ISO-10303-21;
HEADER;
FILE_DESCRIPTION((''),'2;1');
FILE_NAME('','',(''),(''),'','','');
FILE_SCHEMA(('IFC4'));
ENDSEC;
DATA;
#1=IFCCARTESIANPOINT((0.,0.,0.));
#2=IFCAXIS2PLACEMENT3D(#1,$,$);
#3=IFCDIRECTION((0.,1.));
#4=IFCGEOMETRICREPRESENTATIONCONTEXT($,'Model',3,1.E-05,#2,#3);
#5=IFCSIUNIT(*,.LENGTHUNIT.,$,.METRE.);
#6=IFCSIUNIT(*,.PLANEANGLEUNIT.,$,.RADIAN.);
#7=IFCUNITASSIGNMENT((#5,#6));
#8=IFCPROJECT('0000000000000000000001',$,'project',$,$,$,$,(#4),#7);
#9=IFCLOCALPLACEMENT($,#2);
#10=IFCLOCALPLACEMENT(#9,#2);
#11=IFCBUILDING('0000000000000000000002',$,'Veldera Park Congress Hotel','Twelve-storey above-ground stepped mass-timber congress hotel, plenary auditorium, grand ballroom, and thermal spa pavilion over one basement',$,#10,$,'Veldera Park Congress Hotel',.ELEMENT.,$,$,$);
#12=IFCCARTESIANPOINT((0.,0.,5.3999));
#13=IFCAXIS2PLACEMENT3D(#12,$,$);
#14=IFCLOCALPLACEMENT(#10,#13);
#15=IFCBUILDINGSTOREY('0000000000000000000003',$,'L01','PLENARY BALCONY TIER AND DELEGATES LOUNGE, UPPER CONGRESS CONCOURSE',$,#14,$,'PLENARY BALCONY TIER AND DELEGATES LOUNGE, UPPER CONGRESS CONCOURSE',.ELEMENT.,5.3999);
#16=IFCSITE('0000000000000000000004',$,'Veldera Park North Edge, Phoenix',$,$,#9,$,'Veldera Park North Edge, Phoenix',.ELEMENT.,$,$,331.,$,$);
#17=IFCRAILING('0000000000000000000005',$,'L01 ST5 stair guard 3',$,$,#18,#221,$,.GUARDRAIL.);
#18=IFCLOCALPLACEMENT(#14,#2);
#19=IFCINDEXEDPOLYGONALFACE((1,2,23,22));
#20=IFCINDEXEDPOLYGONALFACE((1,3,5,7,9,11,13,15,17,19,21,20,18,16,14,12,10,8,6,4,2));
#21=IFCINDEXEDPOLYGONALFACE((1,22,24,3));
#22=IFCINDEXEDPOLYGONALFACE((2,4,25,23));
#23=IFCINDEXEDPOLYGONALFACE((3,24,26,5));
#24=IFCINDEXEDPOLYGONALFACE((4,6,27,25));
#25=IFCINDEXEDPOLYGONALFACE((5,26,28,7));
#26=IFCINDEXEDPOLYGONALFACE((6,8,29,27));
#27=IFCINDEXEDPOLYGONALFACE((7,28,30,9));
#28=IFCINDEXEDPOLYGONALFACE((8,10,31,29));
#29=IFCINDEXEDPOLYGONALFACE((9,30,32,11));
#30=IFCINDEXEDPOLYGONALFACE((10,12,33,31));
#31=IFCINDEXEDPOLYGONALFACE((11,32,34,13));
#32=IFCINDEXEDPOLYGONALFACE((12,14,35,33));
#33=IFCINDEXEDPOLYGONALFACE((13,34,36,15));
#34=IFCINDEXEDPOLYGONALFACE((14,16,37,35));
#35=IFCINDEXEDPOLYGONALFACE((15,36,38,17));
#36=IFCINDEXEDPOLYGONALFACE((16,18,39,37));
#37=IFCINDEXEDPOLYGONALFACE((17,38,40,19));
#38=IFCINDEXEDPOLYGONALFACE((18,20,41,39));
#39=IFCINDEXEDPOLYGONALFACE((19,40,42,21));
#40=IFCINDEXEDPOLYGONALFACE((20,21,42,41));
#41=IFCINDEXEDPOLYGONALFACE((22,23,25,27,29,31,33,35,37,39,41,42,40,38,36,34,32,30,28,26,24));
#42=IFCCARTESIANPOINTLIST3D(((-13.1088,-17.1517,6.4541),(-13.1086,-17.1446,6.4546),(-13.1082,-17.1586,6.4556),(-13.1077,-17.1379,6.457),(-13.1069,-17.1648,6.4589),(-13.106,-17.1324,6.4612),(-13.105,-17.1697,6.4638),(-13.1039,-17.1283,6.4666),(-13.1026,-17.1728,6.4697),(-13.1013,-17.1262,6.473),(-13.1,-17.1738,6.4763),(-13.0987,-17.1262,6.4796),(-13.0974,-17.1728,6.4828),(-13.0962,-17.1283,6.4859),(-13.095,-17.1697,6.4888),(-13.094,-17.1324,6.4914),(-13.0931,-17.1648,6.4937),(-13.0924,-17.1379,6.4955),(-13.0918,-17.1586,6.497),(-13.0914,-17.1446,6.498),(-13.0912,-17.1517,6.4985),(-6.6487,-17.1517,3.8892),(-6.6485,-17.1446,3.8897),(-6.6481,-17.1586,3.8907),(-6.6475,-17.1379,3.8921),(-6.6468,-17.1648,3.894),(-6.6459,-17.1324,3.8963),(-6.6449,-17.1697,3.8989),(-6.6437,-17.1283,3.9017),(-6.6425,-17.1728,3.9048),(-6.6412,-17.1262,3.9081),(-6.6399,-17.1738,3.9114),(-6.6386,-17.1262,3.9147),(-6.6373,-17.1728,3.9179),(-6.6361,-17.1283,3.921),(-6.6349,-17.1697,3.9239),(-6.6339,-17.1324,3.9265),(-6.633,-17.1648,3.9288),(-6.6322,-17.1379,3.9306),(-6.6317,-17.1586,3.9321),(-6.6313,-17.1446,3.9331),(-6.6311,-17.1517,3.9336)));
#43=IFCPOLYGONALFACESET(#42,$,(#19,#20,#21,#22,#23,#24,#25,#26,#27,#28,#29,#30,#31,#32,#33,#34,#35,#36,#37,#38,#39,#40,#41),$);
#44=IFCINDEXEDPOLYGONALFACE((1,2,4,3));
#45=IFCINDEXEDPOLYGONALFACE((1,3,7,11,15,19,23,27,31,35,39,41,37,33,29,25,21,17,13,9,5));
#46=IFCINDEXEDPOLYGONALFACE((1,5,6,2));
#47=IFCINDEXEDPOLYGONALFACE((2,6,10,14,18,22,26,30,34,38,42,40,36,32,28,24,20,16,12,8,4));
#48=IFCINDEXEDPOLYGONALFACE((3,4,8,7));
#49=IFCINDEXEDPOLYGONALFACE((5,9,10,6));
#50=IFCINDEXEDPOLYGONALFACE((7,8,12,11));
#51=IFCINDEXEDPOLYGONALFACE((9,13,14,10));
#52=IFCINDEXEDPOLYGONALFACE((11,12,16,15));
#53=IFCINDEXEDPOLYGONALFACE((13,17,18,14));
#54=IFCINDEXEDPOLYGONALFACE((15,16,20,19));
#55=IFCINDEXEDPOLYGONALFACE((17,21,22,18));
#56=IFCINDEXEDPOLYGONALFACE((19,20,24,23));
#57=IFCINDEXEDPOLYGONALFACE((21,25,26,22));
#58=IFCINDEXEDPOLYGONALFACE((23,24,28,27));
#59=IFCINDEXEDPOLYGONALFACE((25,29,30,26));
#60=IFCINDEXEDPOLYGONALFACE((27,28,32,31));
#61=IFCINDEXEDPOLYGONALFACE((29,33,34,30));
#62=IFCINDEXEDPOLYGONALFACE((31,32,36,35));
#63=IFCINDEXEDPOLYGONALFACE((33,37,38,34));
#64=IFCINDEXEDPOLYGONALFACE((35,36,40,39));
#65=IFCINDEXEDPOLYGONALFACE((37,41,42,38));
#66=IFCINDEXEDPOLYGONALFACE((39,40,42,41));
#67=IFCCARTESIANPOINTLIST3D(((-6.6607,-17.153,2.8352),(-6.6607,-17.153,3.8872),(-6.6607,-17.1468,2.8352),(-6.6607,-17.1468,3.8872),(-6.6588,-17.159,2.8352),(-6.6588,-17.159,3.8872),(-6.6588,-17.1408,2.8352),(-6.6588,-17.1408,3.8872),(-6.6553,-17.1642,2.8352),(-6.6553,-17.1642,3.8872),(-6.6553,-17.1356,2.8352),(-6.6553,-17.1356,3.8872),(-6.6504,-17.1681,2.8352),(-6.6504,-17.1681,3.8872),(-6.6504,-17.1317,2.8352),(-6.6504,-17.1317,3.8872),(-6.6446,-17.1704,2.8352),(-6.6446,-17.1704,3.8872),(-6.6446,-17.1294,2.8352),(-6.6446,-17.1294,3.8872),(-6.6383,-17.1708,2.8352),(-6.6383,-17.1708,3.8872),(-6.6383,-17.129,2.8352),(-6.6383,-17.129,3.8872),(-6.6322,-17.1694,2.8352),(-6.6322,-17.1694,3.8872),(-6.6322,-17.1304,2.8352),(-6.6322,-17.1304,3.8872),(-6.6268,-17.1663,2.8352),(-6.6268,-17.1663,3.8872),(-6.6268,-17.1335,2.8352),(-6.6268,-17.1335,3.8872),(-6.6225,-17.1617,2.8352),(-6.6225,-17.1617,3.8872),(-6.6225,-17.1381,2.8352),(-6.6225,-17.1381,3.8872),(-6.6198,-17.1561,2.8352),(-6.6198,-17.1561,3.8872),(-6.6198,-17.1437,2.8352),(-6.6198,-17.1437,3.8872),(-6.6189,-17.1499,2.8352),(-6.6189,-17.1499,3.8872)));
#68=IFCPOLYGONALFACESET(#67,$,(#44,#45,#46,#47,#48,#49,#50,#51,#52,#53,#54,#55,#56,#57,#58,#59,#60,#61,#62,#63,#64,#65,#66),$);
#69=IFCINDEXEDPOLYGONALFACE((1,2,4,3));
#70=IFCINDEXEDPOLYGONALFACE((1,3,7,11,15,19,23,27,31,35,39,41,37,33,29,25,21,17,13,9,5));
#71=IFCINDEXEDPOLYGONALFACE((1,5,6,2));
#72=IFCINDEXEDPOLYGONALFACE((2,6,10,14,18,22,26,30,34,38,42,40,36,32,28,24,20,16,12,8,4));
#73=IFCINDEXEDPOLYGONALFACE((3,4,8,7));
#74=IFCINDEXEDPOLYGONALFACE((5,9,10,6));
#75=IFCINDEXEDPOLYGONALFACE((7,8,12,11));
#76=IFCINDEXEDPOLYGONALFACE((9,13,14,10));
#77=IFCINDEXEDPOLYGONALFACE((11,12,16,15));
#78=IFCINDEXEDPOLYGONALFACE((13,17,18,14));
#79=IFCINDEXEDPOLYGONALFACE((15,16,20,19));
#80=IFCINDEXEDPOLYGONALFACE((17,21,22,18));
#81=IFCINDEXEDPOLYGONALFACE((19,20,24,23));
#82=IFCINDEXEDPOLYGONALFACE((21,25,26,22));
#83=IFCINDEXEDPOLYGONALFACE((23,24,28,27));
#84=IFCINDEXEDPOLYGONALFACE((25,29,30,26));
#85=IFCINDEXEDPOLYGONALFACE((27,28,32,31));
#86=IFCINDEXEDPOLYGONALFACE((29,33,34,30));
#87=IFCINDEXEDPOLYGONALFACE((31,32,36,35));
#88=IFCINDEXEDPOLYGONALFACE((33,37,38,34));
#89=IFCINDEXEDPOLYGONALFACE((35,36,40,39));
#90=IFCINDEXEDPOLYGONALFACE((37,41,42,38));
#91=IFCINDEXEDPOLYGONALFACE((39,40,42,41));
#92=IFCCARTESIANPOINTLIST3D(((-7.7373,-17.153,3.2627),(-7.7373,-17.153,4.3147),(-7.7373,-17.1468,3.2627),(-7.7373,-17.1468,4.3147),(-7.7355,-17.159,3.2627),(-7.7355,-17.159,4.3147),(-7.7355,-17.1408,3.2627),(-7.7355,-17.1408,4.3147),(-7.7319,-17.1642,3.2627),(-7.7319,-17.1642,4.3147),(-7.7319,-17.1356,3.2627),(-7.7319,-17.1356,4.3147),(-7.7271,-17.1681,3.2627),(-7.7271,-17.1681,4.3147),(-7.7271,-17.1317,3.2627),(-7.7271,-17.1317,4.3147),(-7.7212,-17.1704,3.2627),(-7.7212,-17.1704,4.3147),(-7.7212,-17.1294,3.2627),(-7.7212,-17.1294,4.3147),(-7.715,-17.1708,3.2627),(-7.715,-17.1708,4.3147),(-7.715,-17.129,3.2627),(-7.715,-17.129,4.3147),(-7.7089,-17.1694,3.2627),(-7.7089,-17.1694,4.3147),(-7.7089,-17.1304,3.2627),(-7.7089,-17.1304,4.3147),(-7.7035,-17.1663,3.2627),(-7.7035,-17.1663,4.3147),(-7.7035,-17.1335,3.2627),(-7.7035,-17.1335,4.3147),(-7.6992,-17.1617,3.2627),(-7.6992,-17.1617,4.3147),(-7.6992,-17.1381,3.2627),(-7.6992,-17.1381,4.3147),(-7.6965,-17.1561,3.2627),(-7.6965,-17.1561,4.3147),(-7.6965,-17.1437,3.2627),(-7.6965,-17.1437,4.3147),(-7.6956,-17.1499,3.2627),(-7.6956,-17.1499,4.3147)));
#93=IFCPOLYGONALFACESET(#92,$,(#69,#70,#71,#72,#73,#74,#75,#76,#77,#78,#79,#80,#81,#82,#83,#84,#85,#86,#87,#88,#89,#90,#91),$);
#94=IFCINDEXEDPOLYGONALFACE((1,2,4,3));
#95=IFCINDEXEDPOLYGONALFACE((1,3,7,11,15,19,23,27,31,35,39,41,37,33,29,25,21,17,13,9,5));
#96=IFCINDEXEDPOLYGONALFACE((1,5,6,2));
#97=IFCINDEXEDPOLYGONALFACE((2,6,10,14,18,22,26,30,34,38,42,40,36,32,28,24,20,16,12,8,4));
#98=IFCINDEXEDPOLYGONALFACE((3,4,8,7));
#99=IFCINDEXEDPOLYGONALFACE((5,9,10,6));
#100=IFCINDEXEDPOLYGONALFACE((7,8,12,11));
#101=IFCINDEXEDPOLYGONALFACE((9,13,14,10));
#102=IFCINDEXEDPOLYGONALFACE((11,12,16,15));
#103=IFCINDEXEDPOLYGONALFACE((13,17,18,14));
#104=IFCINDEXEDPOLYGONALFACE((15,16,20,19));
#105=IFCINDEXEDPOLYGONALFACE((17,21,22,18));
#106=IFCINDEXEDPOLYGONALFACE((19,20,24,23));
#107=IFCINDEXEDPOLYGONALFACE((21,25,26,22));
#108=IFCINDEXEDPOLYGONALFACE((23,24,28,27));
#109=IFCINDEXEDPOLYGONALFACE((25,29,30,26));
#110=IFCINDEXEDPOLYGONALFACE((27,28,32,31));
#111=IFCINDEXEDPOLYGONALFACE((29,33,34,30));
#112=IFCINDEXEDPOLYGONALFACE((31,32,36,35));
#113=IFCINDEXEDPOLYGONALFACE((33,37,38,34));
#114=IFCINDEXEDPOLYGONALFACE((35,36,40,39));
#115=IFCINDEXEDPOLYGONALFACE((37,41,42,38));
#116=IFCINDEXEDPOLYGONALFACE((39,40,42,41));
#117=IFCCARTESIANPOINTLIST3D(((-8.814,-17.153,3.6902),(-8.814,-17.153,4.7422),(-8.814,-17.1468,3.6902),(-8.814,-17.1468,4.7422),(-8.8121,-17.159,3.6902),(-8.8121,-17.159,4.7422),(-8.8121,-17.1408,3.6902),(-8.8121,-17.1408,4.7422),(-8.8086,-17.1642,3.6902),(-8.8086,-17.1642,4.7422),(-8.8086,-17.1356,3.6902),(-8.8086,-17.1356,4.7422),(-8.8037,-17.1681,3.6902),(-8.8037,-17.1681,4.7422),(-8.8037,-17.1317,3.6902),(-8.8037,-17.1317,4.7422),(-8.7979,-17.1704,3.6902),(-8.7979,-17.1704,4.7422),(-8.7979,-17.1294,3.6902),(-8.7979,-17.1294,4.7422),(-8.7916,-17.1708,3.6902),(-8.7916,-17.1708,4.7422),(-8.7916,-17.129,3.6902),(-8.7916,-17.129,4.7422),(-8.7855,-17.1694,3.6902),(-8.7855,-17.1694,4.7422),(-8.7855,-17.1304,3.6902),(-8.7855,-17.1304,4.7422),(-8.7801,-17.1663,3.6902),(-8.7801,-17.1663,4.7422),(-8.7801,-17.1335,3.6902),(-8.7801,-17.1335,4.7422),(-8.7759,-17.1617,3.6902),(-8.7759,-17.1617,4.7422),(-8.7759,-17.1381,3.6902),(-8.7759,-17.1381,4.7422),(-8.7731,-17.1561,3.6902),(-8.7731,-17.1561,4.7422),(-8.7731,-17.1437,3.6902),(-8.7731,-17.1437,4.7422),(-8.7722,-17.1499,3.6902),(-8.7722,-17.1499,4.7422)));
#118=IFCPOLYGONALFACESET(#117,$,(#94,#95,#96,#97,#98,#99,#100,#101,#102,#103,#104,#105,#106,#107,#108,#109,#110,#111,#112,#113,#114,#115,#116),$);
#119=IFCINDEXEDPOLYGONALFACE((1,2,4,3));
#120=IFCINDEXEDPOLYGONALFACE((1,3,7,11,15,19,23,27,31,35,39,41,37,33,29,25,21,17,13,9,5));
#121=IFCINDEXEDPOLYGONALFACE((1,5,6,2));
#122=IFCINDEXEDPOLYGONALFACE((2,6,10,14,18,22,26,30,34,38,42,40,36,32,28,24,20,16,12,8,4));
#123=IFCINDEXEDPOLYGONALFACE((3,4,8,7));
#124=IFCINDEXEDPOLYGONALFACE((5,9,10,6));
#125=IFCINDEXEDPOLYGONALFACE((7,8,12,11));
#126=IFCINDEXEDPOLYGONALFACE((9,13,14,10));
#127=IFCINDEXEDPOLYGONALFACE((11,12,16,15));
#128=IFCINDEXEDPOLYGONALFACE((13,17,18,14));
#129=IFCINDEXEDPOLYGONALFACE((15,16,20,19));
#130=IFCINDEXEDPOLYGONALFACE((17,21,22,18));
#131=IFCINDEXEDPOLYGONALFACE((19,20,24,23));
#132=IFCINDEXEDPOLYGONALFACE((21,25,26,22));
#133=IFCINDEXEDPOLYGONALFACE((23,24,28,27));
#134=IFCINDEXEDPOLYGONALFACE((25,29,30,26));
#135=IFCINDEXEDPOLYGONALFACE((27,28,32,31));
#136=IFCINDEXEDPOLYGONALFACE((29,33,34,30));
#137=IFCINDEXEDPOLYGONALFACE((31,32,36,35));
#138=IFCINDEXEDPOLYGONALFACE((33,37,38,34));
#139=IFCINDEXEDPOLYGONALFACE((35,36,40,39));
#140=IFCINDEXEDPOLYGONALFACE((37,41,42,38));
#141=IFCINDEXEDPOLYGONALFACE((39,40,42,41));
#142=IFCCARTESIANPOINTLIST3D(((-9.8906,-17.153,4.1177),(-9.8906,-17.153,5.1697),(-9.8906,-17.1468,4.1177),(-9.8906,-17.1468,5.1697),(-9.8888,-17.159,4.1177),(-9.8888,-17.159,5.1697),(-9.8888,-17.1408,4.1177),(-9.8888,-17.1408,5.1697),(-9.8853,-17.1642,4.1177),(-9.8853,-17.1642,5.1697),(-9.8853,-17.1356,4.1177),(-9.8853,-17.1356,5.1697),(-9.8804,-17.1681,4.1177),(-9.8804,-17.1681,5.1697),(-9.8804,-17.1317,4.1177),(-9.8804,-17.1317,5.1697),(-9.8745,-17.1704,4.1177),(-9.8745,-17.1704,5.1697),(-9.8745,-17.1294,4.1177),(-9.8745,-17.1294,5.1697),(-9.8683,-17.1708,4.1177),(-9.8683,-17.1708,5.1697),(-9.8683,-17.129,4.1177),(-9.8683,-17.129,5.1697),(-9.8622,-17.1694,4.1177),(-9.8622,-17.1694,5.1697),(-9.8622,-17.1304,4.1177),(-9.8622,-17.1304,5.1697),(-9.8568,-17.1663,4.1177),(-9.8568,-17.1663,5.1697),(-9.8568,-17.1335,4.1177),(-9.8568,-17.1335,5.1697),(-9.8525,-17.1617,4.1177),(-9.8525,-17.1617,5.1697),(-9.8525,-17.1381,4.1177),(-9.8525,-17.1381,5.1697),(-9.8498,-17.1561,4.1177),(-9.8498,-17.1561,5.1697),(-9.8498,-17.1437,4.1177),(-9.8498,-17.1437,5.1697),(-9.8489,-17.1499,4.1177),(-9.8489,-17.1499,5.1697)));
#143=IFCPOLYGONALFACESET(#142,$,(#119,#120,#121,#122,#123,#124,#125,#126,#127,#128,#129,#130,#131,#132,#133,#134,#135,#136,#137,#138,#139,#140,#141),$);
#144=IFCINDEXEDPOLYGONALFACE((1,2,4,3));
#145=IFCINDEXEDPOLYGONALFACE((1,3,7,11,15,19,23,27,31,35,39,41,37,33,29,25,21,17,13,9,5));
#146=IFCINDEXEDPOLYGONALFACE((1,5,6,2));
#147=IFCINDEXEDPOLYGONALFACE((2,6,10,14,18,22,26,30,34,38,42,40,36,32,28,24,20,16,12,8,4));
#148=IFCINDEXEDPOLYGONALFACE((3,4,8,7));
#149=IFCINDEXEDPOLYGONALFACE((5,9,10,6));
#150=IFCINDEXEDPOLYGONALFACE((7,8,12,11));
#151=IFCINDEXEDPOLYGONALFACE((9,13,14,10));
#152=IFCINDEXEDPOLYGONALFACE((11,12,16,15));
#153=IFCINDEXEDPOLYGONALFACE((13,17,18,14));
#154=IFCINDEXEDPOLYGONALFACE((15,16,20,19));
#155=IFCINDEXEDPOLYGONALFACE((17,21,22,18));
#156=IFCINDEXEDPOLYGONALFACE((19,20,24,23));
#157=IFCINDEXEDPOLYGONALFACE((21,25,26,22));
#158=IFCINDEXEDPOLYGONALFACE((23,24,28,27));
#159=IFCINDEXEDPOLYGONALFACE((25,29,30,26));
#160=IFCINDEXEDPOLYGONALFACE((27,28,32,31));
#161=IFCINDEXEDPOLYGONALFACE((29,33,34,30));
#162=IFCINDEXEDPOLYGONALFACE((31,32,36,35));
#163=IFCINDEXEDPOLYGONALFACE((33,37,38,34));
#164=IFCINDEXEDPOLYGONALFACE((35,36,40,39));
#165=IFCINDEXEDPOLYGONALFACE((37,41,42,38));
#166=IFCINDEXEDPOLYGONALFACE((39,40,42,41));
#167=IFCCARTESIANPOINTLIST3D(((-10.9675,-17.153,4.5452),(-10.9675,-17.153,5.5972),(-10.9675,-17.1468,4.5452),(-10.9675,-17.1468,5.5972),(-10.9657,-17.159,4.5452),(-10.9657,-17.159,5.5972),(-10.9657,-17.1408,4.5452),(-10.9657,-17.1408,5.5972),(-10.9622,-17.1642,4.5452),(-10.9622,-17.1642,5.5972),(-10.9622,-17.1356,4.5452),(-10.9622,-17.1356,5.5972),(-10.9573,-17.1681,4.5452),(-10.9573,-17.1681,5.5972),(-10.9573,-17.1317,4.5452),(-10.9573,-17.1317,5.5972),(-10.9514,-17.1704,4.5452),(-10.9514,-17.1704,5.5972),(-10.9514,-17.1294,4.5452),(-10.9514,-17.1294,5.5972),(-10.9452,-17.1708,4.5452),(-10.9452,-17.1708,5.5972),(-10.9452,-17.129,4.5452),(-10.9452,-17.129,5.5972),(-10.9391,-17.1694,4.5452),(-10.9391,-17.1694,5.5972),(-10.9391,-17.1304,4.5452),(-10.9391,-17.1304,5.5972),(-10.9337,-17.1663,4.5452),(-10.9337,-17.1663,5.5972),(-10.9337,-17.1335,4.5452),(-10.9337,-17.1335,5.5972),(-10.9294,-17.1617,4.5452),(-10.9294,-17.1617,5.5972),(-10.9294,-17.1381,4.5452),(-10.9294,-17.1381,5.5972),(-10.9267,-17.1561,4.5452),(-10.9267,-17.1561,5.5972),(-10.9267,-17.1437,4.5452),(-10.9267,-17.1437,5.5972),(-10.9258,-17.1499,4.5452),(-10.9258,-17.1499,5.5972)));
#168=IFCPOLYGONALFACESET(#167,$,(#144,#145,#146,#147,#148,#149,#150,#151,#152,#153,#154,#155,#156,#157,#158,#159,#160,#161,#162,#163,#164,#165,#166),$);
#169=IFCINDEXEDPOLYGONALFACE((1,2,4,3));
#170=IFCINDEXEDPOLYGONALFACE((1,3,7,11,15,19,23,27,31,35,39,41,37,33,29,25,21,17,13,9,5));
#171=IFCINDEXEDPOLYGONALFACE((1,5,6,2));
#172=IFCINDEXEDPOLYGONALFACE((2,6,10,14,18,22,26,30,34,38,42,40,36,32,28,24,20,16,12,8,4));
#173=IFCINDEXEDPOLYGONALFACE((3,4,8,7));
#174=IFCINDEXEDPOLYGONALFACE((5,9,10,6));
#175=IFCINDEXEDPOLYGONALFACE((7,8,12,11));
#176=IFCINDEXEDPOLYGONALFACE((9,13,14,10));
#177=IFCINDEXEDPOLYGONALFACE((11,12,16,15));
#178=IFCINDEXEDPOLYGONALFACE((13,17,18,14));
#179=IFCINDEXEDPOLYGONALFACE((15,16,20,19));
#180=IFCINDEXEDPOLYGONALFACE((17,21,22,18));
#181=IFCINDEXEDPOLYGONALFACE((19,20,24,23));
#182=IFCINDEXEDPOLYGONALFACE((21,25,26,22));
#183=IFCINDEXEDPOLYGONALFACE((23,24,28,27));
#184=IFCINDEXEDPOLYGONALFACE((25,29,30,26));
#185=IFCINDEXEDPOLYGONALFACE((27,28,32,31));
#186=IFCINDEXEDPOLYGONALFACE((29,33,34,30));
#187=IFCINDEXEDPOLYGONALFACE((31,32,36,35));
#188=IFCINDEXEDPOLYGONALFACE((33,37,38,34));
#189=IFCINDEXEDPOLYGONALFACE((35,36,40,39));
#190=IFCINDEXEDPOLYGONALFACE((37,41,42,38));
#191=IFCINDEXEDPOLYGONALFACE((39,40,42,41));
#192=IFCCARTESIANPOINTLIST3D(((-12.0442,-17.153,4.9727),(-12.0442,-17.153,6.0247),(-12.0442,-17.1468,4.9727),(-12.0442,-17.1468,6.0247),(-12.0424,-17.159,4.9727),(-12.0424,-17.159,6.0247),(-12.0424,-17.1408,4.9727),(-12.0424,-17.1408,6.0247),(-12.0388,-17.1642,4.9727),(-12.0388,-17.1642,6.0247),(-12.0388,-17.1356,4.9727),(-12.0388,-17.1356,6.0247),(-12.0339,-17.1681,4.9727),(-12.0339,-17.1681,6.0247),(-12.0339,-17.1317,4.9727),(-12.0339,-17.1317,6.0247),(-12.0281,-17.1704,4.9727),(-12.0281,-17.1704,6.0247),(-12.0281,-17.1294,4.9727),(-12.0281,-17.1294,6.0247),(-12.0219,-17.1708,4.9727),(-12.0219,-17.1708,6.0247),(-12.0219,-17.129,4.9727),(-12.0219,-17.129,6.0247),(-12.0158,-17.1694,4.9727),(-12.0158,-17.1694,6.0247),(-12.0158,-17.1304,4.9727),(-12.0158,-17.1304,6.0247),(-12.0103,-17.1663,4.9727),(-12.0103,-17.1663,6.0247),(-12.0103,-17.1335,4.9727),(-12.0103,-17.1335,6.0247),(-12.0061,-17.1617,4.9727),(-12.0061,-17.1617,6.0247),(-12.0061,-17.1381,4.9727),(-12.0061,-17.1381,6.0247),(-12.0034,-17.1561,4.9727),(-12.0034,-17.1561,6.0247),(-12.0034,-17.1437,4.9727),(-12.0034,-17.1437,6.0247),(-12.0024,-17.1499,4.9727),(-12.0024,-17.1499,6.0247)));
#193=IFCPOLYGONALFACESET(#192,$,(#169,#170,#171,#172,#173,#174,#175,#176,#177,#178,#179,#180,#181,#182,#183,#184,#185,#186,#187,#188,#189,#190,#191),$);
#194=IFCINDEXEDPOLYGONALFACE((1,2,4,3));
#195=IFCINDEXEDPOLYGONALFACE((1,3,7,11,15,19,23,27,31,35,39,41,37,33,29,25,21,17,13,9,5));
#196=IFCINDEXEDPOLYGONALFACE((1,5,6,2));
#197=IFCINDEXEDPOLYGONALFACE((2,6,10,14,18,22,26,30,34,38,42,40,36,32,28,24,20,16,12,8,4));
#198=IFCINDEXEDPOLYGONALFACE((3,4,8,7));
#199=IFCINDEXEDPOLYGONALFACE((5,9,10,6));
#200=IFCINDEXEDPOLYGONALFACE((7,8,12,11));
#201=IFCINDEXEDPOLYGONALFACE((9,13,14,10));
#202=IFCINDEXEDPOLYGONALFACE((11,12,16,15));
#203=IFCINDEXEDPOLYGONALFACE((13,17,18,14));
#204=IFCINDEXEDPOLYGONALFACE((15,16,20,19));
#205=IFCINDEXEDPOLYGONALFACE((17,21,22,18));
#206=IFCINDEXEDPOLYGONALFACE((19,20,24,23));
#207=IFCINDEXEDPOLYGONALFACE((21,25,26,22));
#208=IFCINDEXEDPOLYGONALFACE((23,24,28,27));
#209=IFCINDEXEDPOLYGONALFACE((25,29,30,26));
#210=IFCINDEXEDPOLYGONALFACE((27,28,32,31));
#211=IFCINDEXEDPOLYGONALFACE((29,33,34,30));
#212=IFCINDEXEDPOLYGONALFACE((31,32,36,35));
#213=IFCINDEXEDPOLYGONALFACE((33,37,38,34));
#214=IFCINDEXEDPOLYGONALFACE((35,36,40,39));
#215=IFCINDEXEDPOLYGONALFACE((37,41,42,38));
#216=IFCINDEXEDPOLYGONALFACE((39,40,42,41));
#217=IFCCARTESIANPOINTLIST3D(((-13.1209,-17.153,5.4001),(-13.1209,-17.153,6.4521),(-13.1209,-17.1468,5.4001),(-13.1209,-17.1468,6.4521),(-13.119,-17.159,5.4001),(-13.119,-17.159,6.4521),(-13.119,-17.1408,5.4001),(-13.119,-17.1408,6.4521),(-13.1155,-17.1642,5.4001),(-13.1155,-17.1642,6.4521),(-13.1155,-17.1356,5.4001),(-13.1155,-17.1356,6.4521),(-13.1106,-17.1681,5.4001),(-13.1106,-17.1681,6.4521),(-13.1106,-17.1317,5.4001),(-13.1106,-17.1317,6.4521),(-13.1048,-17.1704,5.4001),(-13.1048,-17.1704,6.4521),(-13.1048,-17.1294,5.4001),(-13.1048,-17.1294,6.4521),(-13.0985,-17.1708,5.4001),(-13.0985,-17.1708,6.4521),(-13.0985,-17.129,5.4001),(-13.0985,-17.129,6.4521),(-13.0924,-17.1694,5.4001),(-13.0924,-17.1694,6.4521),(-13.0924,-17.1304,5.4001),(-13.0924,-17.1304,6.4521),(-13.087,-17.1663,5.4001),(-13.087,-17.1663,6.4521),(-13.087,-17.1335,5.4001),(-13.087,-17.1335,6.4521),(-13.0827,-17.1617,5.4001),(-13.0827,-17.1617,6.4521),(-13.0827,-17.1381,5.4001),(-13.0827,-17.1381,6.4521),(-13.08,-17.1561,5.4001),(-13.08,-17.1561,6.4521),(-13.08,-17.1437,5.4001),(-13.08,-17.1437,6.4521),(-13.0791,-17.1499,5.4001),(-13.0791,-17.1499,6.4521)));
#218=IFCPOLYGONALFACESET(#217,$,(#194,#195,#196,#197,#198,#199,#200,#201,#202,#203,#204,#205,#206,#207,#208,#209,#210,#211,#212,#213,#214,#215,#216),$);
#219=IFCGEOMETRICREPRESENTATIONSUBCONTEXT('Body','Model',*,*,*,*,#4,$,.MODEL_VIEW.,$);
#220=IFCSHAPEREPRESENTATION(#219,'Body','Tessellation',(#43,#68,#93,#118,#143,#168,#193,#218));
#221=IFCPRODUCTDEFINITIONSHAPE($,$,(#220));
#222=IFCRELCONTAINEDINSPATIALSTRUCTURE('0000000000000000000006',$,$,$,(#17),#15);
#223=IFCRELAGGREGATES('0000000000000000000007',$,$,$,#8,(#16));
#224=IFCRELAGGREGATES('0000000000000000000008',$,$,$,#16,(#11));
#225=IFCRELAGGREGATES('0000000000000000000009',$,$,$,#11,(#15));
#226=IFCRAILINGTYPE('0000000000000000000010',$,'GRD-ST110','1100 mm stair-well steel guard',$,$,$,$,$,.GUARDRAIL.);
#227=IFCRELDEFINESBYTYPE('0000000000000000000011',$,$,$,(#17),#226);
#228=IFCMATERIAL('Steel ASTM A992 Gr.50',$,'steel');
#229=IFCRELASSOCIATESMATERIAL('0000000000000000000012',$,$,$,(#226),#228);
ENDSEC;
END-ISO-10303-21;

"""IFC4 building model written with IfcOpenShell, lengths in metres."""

from ifc_helpers import new_model, si_unit, direction, frame, origin, origin_2d, place, context, subcontext, project, spatial, circle, extrude, material, type_object, element, save


model = new_model("IFC4")

# Units and contexts
model_context = context("Model", 3, precision=1e-05, world=origin(), true_north=direction((0.0, 1.0)))
body_context = subcontext(model_context, "Body", "Model", "MODEL_VIEW")
ifc_project = project(units=[si_unit("LENGTHUNIT", "METRE"), si_unit("PLANEANGLEUNIT", "RADIAN")], contexts=[model_context])

# Site, building, storey
site_placement = place(None, origin())
site = spatial("IfcSite", under=ifc_project, at=site_placement, Name="Veldera Park North Edge, Phoenix", LongName="Veldera Park North Edge, Phoenix", CompositionType="ELEMENT", RefElevation=331.0)
building_placement = place(site_placement, origin())
building = spatial("IfcBuilding", under=site, at=building_placement, Name="Veldera Park Congress Hotel", Description="Twelve-storey above-ground stepped mass-timber congress hotel, plenary auditorium, grand ballroom, and thermal spa pavilion over one basement", LongName="Veldera Park Congress Hotel", CompositionType="ELEMENT")
storey_placement = place(building_placement, frame((0.0, 0.0, 5.3999)))
storey = spatial("IfcBuildingStorey", under=building, at=storey_placement, Name="L01", Description="PLENARY BALCONY TIER AND DELEGATES LOUNGE, UPPER CONGRESS CONCOURSE", LongName="PLENARY BALCONY TIER AND DELEGATES LOUNGE, UPPER CONGRESS CONCOURSE", CompositionType="ELEMENT", Elevation=5.3999)

# Shared definitions
ifc_material_1 = material(Name="Steel ASTM A992 Gr.50", Category="steel")

# Railing
railing_type_1 = type_object("IfcRailingType", Name="GRD-ST110", Description="1100 mm stair-well steel guard", PredefinedType="GUARDRAIL", material=ifc_material_1)
railing_1_placement = place(storey_placement, frame((-6.6399, -17.1499, 2.8352)))
element("IfcRailing", 1, at=railing_1_placement, inside=storey, type_object=railing_type_1, Name="L01 ST5 stair guard 3", PredefinedType="GUARDRAIL", context=body_context, shape_type="SweptSolid", body=[
    extrude(circle(Radius=0.0239, at=origin_2d()), frame((0.0, 0.0, 1.0762), z_axis=(-0.929423, 0.0, 0.369016), x_axis=(0.0, -1.0, 0.0)), (0.0, 0.0, 1.0), 6.9507),
    extrude(circle(Radius=0.021, at=origin_2d()), origin(), (0.0, 0.0, 1.0), 1.052),
    extrude(circle(Radius=0.021, at=origin_2d()), frame((-1.0767, 0.0, 0.4275)), (0.0, 0.0, 1.0), 1.052),
    extrude(circle(Radius=0.021, at=origin_2d()), frame((-2.1533, 0.0, 0.855)), (0.0, 0.0, 1.0), 1.052),
    extrude(circle(Radius=0.021, at=origin_2d()), frame((-3.23, 0.0, 1.2825)), (0.0, 0.0, 1.0), 1.052),
    extrude(circle(Radius=0.021, at=origin_2d()), frame((-4.3069, 0.0, 1.71)), (0.0, 0.0, 1.0), 1.052),
    extrude(circle(Radius=0.021, at=origin_2d()), frame((-5.3835, 0.0, 2.1375)), (0.0, 0.0, 1.0), 1.052),
    extrude(circle(Radius=0.021, at=origin_2d()), frame((-6.4602, 0.0, 2.5649)), (0.0, 0.0, 1.0), 1.052),
])

save(model, "model.ifc")
